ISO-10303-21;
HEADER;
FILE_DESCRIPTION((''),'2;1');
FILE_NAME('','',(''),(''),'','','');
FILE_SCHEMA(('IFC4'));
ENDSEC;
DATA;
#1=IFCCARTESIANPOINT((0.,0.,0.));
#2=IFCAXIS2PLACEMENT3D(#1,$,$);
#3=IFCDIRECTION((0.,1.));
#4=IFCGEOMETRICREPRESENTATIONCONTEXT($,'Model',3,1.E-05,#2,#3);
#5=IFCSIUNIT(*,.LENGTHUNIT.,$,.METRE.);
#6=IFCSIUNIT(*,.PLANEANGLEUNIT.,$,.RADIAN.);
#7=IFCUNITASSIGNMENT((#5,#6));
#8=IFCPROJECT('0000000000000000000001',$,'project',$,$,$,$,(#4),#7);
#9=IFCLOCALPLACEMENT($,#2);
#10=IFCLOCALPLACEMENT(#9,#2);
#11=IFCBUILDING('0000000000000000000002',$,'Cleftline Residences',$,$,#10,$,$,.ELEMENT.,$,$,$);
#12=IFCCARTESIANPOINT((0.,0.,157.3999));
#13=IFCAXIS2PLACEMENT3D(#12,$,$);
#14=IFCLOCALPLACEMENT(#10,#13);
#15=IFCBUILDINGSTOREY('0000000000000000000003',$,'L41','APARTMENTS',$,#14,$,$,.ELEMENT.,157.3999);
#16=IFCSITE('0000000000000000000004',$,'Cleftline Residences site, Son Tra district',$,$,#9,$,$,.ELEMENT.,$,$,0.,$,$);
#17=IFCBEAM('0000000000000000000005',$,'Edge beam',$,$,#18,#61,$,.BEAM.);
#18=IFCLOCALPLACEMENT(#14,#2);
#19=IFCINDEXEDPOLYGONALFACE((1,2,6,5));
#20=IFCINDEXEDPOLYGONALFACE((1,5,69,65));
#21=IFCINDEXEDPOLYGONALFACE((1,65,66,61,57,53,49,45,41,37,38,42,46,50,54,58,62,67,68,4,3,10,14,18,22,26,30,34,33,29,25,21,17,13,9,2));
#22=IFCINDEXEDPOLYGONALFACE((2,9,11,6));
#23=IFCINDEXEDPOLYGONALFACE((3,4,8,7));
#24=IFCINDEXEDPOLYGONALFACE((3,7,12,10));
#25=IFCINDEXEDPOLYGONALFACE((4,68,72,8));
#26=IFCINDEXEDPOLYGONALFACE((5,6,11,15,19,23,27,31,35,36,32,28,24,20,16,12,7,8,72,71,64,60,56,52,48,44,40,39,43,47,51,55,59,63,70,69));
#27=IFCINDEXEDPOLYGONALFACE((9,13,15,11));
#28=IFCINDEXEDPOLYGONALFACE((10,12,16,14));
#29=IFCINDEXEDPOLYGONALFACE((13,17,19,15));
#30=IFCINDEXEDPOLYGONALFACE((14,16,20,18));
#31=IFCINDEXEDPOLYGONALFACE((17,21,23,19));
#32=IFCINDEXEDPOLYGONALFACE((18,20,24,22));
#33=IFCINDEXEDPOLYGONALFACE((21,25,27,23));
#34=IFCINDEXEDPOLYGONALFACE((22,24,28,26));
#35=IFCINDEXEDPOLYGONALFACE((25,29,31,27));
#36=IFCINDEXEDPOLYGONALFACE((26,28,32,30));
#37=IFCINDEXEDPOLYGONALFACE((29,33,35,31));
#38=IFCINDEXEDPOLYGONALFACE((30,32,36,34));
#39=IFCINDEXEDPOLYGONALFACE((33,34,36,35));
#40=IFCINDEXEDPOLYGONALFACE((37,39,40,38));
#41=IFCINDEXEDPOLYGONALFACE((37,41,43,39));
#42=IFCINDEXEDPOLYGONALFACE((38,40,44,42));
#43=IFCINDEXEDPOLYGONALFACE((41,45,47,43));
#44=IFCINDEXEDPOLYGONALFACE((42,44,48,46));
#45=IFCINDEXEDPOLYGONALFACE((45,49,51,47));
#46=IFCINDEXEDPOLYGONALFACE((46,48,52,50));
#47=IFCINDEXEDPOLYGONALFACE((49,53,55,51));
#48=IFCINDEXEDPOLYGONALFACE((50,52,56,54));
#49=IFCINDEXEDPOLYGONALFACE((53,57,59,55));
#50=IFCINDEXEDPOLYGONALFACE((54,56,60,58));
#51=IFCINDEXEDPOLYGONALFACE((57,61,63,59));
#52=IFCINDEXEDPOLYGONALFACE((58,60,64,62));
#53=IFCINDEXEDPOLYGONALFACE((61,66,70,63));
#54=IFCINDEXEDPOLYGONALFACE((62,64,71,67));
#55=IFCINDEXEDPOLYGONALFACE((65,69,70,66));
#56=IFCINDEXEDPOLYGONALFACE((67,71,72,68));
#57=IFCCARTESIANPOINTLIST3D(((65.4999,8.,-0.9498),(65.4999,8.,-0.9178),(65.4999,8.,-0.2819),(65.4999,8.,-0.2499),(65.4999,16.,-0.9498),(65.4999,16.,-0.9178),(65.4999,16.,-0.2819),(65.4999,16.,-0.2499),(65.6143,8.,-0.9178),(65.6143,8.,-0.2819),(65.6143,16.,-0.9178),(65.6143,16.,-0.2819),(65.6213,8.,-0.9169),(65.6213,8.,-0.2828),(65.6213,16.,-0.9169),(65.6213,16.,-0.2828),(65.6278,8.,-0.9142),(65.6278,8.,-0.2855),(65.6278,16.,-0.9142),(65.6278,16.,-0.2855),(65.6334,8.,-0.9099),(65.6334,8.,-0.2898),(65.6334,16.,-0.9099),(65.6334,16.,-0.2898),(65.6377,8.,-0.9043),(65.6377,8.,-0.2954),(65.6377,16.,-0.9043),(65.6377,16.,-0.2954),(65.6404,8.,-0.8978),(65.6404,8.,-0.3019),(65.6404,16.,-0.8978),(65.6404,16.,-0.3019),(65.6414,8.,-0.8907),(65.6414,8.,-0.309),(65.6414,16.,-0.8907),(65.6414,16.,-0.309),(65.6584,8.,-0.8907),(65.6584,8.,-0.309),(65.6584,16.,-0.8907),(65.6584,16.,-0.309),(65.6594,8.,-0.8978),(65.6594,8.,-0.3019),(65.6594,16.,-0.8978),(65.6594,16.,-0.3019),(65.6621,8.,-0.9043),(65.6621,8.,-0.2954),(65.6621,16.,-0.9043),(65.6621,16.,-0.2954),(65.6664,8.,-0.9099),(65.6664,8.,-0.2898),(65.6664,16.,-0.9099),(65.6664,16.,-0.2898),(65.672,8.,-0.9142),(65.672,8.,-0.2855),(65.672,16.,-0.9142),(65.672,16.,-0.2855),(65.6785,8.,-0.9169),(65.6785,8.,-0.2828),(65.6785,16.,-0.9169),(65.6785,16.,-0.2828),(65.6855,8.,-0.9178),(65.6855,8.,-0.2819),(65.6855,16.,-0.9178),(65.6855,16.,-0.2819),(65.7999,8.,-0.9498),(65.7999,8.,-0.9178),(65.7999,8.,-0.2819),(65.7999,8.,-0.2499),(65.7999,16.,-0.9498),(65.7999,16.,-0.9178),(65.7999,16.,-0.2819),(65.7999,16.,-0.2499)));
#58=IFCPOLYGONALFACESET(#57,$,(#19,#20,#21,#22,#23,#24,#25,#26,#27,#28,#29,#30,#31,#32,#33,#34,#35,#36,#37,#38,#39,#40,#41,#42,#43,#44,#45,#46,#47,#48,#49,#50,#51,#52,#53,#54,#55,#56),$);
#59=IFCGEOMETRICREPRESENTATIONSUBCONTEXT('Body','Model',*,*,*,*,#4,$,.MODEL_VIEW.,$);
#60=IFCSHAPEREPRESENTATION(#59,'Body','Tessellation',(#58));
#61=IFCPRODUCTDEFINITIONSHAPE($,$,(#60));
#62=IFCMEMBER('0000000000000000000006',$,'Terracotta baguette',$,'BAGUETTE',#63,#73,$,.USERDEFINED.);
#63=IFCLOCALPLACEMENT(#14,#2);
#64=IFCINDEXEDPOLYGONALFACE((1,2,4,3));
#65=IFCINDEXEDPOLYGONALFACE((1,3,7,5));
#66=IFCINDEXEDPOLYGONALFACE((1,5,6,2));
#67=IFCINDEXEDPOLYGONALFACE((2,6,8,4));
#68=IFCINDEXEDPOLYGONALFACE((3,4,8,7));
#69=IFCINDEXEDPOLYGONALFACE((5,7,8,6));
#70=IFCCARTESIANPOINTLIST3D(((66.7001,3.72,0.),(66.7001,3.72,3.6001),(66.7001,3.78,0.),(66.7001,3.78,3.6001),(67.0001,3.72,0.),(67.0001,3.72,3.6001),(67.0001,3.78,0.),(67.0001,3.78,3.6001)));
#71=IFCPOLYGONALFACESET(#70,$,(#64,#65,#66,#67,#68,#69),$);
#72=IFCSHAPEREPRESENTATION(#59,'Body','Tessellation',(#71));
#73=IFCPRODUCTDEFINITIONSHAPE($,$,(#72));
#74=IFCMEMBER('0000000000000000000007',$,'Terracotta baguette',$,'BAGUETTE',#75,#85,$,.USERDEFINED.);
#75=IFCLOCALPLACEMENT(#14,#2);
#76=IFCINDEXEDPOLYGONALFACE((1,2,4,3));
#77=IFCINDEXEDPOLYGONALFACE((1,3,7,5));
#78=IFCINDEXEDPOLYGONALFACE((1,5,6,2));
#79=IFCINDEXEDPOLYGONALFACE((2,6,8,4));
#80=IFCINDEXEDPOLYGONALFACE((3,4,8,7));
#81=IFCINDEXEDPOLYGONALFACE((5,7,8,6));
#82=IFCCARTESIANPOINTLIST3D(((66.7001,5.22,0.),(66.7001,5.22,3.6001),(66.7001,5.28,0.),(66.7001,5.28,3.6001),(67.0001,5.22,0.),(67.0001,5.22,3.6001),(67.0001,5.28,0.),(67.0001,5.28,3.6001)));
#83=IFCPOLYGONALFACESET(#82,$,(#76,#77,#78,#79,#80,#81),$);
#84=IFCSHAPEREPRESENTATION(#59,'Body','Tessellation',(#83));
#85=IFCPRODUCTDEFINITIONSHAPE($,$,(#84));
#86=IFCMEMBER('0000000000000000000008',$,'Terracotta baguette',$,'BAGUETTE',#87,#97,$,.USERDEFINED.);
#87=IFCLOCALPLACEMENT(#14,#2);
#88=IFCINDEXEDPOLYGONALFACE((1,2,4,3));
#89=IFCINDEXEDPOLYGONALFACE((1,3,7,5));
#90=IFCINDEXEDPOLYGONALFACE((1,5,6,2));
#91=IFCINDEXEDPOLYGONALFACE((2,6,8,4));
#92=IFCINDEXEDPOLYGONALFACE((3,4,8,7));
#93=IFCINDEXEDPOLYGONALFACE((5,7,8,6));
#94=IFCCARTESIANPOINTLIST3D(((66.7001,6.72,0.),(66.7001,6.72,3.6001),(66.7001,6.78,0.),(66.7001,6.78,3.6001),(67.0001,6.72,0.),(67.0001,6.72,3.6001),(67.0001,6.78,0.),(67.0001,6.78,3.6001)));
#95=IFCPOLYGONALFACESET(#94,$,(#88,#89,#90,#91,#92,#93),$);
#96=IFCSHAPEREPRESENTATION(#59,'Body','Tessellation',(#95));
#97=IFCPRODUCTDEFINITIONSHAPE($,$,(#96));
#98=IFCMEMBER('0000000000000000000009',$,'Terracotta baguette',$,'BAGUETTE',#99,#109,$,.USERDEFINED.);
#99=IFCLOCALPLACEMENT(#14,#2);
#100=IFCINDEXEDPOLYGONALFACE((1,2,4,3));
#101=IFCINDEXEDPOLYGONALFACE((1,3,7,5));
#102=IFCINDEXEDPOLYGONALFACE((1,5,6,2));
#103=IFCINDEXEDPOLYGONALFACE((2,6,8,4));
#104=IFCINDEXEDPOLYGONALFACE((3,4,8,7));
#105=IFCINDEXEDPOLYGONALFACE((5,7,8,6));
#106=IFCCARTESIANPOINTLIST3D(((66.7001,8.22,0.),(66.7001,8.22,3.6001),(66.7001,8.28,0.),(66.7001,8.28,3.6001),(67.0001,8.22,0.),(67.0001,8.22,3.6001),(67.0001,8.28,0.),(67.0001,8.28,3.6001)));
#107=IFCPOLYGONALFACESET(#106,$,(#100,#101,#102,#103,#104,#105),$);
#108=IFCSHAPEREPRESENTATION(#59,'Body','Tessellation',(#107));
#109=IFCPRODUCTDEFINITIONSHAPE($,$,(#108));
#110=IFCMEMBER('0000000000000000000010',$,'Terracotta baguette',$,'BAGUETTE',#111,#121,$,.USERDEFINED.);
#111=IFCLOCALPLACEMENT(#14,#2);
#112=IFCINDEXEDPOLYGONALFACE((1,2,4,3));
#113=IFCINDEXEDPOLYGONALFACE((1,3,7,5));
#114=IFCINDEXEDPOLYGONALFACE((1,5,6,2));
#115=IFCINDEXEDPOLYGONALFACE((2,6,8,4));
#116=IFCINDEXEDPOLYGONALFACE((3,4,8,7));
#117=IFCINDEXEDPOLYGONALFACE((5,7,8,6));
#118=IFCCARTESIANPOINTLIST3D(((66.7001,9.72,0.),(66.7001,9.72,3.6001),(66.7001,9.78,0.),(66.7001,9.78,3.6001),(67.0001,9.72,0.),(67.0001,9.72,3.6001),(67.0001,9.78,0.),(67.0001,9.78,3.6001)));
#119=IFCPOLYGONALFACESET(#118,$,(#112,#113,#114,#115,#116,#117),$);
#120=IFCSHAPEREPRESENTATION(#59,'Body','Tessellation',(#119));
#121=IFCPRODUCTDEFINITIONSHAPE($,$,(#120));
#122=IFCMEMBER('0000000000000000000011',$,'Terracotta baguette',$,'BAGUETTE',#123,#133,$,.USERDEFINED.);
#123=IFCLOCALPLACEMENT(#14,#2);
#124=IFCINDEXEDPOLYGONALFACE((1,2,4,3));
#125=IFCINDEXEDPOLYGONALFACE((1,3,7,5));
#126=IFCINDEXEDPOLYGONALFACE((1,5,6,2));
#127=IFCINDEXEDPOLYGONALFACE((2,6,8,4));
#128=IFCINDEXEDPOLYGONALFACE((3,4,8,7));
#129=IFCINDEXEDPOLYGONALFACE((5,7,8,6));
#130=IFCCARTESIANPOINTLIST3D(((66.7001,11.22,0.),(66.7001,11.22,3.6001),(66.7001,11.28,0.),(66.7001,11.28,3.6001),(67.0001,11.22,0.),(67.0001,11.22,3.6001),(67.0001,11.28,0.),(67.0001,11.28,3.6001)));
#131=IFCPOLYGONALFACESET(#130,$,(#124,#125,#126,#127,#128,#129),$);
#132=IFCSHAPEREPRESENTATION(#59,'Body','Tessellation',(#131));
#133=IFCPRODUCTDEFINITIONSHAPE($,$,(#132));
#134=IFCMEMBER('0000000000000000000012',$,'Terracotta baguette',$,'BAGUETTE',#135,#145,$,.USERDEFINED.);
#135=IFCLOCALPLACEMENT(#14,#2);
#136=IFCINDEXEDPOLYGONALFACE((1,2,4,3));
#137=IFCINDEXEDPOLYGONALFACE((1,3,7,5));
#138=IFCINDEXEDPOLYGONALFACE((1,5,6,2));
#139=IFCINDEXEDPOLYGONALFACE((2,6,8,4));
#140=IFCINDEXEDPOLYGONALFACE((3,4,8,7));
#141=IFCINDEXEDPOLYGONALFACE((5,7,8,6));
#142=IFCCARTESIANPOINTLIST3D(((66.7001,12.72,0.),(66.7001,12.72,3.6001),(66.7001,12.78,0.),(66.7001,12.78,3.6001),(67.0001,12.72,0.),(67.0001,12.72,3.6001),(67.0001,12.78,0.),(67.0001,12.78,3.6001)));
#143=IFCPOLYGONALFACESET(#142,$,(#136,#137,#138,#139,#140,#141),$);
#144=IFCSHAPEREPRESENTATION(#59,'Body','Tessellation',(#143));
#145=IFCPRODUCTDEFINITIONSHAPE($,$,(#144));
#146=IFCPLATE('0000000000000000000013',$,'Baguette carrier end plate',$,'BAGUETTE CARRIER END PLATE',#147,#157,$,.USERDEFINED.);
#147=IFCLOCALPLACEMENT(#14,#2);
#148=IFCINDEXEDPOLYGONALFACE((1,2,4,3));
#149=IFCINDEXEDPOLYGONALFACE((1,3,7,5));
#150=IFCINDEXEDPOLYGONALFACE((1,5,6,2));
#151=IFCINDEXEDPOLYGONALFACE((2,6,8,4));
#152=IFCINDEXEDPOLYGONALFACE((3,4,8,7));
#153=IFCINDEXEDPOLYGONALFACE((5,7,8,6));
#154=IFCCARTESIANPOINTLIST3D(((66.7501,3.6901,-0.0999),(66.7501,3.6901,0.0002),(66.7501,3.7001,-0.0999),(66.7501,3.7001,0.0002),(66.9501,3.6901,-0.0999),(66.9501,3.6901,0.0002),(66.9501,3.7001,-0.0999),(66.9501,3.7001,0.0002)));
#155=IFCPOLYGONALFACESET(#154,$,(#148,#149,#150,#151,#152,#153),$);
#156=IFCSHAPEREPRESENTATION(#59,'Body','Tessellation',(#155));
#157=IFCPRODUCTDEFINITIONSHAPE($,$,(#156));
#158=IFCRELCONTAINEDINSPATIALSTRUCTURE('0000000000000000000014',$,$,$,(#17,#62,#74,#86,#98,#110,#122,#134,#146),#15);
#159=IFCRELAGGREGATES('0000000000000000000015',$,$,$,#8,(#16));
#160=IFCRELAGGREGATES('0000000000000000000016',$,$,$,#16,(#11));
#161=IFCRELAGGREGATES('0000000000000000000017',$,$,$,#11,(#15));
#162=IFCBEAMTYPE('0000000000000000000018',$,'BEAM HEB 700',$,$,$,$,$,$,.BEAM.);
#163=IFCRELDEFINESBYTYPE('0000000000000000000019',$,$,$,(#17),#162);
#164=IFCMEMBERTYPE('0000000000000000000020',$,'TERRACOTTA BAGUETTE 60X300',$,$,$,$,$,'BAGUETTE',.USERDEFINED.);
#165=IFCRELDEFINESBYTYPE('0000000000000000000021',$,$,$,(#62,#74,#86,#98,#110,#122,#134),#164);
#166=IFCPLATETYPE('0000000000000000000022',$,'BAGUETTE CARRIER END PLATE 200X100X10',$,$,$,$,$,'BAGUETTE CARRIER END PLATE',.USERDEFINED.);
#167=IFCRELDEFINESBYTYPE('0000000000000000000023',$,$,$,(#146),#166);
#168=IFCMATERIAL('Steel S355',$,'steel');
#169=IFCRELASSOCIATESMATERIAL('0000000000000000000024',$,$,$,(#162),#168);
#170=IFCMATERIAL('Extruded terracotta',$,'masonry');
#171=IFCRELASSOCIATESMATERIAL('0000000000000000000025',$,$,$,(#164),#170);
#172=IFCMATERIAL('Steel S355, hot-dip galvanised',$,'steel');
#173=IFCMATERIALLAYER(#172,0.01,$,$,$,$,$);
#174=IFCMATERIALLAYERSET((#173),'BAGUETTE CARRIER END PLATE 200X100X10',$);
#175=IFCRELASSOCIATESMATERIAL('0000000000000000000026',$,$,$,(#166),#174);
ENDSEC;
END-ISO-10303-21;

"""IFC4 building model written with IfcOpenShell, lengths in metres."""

from ifc_helpers import new_model, si_unit, direction, frame, origin, origin_2d, place, context, subcontext, project, spatial, rectangle, i_section, extrude, material, layer, layer_set, material_profile, profile_set, type_object, element, save


model = new_model("IFC4")

# Units and contexts
model_context = context("Model", 3, precision=1e-05, world=origin(), true_north=direction((0.0, 1.0)))
body_context = subcontext(model_context, "Body", "Model", "MODEL_VIEW")
ifc_project = project(units=[si_unit("LENGTHUNIT", "METRE"), si_unit("PLANEANGLEUNIT", "RADIAN")], contexts=[model_context])

# Site, building, storey
site_placement = place(None, origin())
site = spatial("IfcSite", under=ifc_project, at=site_placement, Name="Cleftline Residences site, Son Tra district", CompositionType="ELEMENT", RefElevation=0.0)
building_placement = place(site_placement, origin())
building = spatial("IfcBuilding", under=site, at=building_placement, Name="Cleftline Residences", CompositionType="ELEMENT")
storey_placement = place(building_placement, frame((0.0, 0.0, 157.3999)))
storey = spatial("IfcBuildingStorey", under=building, at=storey_placement, Name="L41", Description="APARTMENTS", CompositionType="ELEMENT", Elevation=157.3999)

# Beam
ifc_material_1 = material(Name="Steel S355", Category="steel")
ifc_material_profile_1 = material_profile(ifc_material_1, i_section(OverallWidth=0.3, OverallDepth=0.7, WebThickness=0.0171, FlangeThickness=0.032, FilletRadius=0.0271, at=origin_2d()))
ifc_profile_set_1 = profile_set([ifc_material_profile_1], Name="Steel S355")
beam_type = type_object("IfcBeamType", Name="BEAM HEB 700", PredefinedType="BEAM", material=ifc_profile_set_1)
beam_placement = place(storey_placement, frame((65.6499, 8.0, -0.5999), z_axis=(0.0, 1.0, 0.0), x_axis=(-1.0, 0.0, 0.0)))
element("IfcBeam", 1, at=beam_placement, inside=storey, type_object=beam_type, Name="Edge beam", PredefinedType="BEAM", context=body_context, shape_type="SweptSolid", body=[
    extrude(i_section(OverallWidth=0.3, OverallDepth=0.7, WebThickness=0.0171, FlangeThickness=0.032, FilletRadius=0.0271, at=origin_2d()), origin(), (0.0, 0.0, 1.0), 8.0),
])

# Members
ifc_material_2 = material(Name="Extruded terracotta", Category="masonry")
ifc_material_profile_2 = material_profile(ifc_material_2, rectangle(XDim=0.0601, YDim=0.3, at=origin_2d()))
ifc_profile_set_2 = profile_set([ifc_material_profile_2], Name="Extruded terracotta")
member_type_1 = type_object("IfcMemberType", Name="TERRACOTTA BAGUETTE 60X300", ElementType="BAGUETTE", PredefinedType="USERDEFINED", material=ifc_profile_set_2)
for number, where, z_axis, x_axis, name in (
    (2, (66.8501, 3.75, 0.0), (0.0, 0.0, 1.0), (0.0, 1.0, 0.0), "Terracotta baguette"),
    (3, (66.8501, 5.25, 0.0), (0.0, 0.0, 1.0), (0.0, 1.0, 0.0), "Terracotta baguette"),
    (4, (66.8501, 6.75, 0.0), (0.0, 0.0, 1.0), (0.0, 1.0, 0.0), "Terracotta baguette"),
    (5, (66.8501, 8.25, 0.0), (0.0, 0.0, 1.0), (0.0, 1.0, 0.0), "Terracotta baguette"),
    (6, (66.8501, 9.75, 0.0), (0.0, 0.0, 1.0), (0.0, 1.0, 0.0), "Terracotta baguette"),
    (7, (66.8501, 11.25, 0.0), (0.0, 0.0, 1.0), (0.0, 1.0, 0.0), "Terracotta baguette"),
    (8, (66.8501, 12.75, 0.0), (0.0, 0.0, 1.0), (0.0, 1.0, 0.0), "Terracotta baguette"),
):
    element("IfcMember", number, at=place(storey_placement, frame(where, z_axis=z_axis, x_axis=x_axis)), inside=storey, type_object=member_type_1, Name=name, ObjectType="BAGUETTE", PredefinedType="USERDEFINED", context=body_context, shape_type="SweptSolid", body=[
        extrude(rectangle(XDim=0.0601, YDim=0.3, at=origin_2d()), origin(), (0.0, 0.0, 1.0), 3.6001),
    ])

# Plate
ifc_material_3 = material(Name="Steel S355, hot-dip galvanised", Category="steel")
ifc_layer_1 = layer(ifc_material_3, 0.01)
ifc_layer_set_1 = layer_set([ifc_layer_1], Name="BAGUETTE CARRIER END PLATE 200X100X10")
plate_type = type_object("IfcPlateType", Name="BAGUETTE CARRIER END PLATE 200X100X10", ElementType="BAGUETTE CARRIER END PLATE", PredefinedType="USERDEFINED", material=ifc_layer_set_1)
plate_placement = place(storey_placement, frame((66.8501, 3.6951, -0.0999), z_axis=(0.0, 0.0, 1.0), x_axis=(1.0, 0.0, 0.0)))
element("IfcPlate", 9, at=plate_placement, inside=storey, type_object=plate_type, Name="Baguette carrier end plate", ObjectType="BAGUETTE CARRIER END PLATE", PredefinedType="USERDEFINED", context=body_context, shape_type="SweptSolid", body=[
    extrude(rectangle(XDim=0.2, YDim=0.01, at=origin_2d()), origin(), (0.0, 0.0, 1.0), 0.1001),
])

save(model, "model.ifc")
